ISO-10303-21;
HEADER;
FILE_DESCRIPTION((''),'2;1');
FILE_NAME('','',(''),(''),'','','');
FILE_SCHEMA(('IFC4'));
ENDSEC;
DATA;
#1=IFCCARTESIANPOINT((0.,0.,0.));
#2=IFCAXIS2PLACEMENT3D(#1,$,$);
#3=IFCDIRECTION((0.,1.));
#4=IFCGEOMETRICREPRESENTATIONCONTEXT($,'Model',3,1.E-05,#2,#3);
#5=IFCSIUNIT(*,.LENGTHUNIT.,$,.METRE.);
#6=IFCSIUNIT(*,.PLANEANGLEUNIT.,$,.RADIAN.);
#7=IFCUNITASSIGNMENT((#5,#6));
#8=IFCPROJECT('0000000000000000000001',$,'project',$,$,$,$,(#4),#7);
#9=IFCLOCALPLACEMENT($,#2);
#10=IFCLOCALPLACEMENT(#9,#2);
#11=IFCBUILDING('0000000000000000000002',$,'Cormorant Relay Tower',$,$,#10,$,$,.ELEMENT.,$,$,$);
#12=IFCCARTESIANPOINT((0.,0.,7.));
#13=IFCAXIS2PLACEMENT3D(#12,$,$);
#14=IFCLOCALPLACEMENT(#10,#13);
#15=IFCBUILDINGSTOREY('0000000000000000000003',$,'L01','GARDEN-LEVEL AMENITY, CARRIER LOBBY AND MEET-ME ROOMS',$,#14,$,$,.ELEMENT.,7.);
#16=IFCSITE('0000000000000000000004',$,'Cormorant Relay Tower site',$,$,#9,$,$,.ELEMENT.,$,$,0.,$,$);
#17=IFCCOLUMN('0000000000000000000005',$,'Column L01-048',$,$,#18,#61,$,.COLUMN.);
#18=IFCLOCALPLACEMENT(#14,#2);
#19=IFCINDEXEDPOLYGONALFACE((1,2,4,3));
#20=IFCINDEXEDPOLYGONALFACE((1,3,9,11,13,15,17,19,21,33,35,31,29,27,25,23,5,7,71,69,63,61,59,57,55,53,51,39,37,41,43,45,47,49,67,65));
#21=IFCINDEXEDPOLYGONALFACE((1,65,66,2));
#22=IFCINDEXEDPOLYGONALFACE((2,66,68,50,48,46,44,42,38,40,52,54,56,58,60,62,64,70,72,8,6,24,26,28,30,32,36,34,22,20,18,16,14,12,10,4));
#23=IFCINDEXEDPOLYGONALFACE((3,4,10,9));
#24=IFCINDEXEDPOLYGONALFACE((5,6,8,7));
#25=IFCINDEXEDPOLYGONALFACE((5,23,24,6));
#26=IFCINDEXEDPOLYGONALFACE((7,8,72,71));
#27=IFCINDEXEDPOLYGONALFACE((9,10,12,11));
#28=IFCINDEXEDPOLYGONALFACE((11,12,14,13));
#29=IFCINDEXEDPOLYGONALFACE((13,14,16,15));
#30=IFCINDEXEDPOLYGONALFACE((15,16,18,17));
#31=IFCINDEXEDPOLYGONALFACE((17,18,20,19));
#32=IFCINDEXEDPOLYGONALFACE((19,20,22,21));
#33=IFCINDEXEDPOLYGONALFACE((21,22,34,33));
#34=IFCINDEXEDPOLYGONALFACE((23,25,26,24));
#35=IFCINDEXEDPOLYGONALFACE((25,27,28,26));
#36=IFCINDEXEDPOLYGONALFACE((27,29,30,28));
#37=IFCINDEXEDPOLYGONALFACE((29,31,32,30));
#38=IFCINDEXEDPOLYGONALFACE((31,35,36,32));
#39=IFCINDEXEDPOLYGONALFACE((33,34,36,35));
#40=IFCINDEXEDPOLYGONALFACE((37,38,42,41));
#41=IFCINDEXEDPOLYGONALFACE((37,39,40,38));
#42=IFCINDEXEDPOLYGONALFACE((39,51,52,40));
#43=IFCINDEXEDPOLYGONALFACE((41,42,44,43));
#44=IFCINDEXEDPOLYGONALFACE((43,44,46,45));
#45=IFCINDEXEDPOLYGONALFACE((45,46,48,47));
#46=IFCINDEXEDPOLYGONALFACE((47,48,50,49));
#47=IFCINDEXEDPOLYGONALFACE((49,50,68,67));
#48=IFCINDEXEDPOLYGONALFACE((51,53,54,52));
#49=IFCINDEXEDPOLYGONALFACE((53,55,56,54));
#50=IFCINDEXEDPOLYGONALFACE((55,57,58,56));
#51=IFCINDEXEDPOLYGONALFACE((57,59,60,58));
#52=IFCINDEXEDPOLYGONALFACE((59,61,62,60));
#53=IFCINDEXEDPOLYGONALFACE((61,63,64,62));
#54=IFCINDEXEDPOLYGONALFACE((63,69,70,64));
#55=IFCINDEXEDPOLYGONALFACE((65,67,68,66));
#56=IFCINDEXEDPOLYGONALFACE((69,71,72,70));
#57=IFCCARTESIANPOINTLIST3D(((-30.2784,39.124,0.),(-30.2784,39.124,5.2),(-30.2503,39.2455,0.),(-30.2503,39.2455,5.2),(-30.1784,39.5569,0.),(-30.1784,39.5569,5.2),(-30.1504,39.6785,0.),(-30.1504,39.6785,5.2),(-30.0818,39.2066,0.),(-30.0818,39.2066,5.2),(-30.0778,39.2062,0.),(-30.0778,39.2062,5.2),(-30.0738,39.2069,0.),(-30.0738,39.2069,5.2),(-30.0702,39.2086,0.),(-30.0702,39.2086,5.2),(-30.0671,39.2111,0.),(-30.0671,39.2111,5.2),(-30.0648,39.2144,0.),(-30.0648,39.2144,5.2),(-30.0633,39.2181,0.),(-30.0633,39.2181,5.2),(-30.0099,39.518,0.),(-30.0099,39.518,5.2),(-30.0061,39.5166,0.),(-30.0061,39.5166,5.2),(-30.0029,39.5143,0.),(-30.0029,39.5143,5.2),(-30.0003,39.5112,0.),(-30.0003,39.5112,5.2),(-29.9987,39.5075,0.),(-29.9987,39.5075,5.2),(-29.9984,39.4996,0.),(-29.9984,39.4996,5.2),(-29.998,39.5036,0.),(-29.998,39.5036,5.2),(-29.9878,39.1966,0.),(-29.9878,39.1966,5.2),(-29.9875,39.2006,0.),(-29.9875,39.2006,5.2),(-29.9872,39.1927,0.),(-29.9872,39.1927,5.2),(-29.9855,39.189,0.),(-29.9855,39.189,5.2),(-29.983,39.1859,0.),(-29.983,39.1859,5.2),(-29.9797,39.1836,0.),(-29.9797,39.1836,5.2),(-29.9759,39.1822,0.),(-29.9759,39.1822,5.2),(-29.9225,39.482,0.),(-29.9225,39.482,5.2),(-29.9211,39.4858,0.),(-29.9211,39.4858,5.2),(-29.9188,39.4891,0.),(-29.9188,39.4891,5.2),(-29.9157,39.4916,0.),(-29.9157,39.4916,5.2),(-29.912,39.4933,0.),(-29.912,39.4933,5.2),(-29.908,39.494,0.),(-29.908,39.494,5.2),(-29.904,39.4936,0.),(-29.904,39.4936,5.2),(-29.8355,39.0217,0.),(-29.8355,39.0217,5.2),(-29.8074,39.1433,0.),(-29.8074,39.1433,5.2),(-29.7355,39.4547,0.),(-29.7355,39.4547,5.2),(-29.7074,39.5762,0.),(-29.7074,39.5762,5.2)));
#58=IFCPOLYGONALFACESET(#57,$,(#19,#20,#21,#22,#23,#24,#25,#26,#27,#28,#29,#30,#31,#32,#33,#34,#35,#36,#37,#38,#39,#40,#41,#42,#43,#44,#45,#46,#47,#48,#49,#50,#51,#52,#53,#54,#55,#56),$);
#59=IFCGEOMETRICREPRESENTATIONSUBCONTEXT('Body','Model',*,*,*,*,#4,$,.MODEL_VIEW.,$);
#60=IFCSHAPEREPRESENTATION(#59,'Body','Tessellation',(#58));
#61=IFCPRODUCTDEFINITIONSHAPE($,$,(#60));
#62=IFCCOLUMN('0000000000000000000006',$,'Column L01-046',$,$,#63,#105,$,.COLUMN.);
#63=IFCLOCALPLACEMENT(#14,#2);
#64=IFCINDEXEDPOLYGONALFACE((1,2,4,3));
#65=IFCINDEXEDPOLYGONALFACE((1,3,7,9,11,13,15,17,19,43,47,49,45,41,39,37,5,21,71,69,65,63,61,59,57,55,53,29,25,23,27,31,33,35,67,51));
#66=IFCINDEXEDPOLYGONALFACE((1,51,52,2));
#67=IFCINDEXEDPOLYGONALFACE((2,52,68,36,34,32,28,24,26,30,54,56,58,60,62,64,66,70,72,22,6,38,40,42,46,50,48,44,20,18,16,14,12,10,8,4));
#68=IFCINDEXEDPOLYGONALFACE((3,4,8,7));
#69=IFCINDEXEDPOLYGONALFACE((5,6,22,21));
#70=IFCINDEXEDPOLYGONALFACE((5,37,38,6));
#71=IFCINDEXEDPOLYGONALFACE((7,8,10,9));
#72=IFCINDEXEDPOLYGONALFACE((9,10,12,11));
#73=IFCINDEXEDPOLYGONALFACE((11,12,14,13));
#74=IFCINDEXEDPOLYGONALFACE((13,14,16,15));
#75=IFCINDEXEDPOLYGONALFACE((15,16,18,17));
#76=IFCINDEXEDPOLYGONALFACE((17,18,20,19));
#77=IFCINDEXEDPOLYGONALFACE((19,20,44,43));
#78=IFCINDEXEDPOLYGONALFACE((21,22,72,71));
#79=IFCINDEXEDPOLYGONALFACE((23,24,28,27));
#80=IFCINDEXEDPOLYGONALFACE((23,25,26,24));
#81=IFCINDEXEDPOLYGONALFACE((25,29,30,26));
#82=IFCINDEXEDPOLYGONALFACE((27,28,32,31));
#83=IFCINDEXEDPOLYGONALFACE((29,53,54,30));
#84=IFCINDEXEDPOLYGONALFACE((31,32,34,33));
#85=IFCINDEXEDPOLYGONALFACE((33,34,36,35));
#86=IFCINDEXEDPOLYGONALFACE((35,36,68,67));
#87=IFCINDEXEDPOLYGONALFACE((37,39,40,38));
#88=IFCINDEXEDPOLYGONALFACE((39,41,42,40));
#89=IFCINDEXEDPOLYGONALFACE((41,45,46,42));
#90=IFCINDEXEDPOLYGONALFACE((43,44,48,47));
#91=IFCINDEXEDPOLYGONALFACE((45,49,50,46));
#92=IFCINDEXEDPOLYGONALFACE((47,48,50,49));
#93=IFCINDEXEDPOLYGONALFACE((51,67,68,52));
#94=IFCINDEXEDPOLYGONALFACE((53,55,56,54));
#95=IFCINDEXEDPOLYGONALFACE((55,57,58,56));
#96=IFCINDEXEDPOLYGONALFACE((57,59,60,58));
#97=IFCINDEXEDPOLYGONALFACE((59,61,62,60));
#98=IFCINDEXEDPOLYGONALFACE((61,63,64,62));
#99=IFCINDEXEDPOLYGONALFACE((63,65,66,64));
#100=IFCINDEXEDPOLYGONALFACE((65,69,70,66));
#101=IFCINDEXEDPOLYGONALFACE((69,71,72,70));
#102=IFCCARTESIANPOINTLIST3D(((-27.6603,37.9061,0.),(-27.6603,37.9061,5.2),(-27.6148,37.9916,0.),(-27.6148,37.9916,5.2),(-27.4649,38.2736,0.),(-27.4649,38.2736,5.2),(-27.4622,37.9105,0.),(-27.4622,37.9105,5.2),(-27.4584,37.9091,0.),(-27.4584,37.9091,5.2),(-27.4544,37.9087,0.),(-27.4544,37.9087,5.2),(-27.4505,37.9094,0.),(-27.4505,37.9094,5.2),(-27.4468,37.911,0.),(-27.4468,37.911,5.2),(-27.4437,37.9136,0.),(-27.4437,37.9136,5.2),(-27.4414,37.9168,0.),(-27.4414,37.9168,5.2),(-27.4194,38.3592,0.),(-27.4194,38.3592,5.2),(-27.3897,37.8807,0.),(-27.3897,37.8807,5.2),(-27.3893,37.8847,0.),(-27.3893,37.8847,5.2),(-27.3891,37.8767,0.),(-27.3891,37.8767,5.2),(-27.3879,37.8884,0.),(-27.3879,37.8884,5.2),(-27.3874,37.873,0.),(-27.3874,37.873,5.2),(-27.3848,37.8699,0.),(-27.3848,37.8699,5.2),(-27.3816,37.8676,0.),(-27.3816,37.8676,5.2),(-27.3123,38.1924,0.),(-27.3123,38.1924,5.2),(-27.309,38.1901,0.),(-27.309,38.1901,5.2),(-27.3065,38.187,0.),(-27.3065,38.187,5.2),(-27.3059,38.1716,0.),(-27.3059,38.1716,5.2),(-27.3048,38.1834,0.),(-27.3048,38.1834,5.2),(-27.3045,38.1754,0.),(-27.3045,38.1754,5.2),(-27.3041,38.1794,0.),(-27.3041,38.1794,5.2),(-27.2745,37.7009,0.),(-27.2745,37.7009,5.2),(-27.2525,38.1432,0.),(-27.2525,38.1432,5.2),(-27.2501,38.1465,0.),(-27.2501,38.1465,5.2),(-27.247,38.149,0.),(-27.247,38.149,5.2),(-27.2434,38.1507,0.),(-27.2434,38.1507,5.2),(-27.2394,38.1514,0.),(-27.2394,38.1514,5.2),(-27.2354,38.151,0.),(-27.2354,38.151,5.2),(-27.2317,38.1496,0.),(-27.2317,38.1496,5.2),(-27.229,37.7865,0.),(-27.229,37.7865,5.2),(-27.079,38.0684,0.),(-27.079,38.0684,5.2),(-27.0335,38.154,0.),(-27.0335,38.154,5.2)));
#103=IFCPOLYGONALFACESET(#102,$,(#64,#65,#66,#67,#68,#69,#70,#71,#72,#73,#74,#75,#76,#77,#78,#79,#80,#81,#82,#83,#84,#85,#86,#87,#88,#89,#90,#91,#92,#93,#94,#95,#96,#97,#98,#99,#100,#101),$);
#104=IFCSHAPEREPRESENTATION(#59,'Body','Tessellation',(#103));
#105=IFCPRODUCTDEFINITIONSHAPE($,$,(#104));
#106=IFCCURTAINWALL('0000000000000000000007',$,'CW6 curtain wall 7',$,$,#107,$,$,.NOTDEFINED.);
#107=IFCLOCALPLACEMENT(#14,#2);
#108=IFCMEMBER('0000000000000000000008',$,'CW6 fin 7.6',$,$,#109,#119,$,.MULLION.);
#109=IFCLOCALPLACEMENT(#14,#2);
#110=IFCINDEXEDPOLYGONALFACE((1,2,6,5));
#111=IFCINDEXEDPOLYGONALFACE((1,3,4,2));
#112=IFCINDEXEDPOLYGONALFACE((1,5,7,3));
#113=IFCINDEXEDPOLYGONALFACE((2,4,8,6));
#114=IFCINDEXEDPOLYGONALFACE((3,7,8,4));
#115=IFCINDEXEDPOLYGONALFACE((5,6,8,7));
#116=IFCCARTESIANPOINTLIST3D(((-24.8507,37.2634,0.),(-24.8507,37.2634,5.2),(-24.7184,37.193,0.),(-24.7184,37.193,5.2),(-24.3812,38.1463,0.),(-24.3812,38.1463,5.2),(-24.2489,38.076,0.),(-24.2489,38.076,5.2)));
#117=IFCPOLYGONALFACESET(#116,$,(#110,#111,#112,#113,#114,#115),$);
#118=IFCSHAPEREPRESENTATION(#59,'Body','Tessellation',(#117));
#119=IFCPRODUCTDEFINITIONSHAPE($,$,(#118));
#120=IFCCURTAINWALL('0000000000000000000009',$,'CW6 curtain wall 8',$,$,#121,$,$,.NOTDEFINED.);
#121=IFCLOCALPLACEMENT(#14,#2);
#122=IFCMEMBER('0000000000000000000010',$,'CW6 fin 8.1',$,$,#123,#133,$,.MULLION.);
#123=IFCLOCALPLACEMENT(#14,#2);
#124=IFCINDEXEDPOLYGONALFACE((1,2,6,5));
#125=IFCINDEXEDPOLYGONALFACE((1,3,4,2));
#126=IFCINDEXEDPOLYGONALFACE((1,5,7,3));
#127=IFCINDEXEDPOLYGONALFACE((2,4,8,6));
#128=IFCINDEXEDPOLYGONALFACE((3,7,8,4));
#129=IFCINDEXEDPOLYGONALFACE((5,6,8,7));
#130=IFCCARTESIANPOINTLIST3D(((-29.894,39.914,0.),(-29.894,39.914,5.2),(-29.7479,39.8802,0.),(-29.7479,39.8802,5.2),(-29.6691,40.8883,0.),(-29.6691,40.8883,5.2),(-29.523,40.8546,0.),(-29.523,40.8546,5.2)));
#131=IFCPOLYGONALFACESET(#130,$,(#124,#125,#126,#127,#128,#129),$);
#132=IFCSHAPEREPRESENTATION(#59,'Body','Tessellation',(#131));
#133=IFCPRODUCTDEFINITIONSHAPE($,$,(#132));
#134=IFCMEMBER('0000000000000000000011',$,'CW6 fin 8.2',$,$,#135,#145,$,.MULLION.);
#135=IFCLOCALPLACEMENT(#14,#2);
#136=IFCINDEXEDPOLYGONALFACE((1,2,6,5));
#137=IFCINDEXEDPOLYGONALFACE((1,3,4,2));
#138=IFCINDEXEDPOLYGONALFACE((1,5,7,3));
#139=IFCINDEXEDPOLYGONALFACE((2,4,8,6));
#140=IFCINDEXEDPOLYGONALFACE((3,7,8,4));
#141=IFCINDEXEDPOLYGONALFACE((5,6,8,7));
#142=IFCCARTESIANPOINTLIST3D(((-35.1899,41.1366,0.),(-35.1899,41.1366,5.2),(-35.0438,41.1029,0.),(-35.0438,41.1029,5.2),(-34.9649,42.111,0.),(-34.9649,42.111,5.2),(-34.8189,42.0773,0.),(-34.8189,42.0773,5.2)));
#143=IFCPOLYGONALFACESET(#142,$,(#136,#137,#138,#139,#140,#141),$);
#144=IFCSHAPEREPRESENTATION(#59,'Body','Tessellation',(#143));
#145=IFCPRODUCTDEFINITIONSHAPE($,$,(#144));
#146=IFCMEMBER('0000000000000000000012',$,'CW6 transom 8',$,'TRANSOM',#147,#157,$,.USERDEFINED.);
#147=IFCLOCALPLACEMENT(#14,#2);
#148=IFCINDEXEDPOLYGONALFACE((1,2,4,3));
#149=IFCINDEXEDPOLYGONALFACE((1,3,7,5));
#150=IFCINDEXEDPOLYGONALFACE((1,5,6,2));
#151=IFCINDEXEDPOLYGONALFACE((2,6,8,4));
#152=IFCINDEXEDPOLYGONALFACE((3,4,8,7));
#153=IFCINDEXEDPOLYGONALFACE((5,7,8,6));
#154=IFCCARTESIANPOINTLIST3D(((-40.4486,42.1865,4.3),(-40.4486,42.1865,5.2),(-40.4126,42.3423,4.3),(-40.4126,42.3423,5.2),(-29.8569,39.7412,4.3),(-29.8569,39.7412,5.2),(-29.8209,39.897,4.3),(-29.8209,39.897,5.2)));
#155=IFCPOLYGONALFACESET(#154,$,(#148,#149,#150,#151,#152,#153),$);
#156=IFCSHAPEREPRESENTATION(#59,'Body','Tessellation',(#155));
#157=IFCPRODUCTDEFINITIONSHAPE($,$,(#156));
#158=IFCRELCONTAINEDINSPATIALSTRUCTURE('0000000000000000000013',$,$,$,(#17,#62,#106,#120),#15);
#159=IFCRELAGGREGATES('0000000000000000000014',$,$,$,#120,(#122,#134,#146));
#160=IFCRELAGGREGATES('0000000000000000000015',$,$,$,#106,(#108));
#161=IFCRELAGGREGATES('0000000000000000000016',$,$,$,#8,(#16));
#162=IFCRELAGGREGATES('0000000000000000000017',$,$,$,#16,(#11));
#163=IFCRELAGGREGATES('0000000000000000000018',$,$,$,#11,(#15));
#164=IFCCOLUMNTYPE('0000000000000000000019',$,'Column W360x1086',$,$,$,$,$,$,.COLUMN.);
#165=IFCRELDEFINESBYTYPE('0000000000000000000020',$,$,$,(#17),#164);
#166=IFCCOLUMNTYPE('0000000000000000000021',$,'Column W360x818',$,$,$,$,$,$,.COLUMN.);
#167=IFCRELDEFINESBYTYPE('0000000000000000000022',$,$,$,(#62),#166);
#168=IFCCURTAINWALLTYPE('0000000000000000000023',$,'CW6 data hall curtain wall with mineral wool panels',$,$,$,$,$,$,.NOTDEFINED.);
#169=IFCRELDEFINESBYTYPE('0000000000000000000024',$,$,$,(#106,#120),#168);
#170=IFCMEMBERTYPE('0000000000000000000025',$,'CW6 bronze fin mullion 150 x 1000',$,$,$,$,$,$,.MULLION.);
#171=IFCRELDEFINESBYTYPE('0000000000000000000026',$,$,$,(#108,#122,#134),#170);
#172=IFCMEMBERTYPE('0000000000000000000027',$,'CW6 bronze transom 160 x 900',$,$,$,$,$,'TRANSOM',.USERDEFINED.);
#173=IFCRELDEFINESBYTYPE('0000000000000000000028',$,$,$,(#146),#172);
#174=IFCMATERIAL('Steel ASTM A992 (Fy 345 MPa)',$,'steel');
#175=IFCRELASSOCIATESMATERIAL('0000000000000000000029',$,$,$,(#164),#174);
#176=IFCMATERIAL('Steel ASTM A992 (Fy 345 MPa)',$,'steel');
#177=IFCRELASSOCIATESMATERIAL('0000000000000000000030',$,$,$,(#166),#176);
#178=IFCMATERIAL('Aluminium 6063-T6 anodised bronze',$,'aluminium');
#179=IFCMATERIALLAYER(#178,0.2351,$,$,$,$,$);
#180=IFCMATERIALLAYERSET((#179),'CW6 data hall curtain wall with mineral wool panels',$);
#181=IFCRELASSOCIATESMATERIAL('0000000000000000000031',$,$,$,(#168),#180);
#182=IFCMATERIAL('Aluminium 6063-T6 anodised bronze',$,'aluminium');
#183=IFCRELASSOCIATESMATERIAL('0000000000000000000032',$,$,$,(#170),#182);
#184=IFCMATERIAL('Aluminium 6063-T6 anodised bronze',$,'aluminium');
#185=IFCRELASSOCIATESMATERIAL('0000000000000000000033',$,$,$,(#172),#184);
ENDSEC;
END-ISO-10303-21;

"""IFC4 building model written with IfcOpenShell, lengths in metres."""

from ifc_helpers import new_model, si_unit, direction, frame, origin, origin_2d, place, context, subcontext, project, spatial, rectangle, i_section, extrude, material, layer, layer_set, material_profile, profile_set, type_object, element, aggregate, save


model = new_model("IFC4")

# Units and contexts
model_context = context("Model", 3, precision=1e-05, world=origin(), true_north=direction((0.0, 1.0)))
body_context = subcontext(model_context, "Body", "Model", "MODEL_VIEW")
ifc_project = project(units=[si_unit("LENGTHUNIT", "METRE"), si_unit("PLANEANGLEUNIT", "RADIAN")], contexts=[model_context])

# Site, building, storey
site_placement = place(None, origin())
site = spatial("IfcSite", under=ifc_project, at=site_placement, Name="Cormorant Relay Tower site", CompositionType="ELEMENT", RefElevation=0.0)
building_placement = place(site_placement, origin())
building = spatial("IfcBuilding", under=site, at=building_placement, Name="Cormorant Relay Tower", CompositionType="ELEMENT")
storey_placement = place(building_placement, frame((0.0, 0.0, 7.0)))
storey = spatial("IfcBuildingStorey", under=building, at=storey_placement, Name="L01", Description="GARDEN-LEVEL AMENITY, CARRIER LOBBY AND MEET-ME ROOMS", CompositionType="ELEMENT", Elevation=7.0)

# Columns
ifc_material_1 = material(Name="Steel ASTM A992 (Fy 345 MPa)", Category="steel")
ifc_material_profile_1 = material_profile(ifc_material_1, i_section(OverallWidth=0.4546, OverallDepth=0.5691, WebThickness=0.0779, FlangeThickness=0.1248, FilletRadius=0.0154, at=origin_2d()), Name="W360x1086")
ifc_profile_set_1 = profile_set([ifc_material_profile_1], Name="Steel ASTM A992 (Fy 345 MPa)")
column_type_1 = type_object("IfcColumnType", Name="Column W360x1086", PredefinedType="COLUMN", material=ifc_profile_set_1)
column_1_placement = place(storey_placement, frame((-29.9929, 39.3501, 0.0), z_axis=(0.0, 0.0, 1.0), x_axis=(-0.97437, 0.224951, 0.0)))
element("IfcColumn", 1, at=column_1_placement, inside=storey, type_object=column_type_1, Name="Column L01-048", PredefinedType="COLUMN", context=body_context, shape_type="SweptSolid", body=[
    extrude(i_section(OverallWidth=0.4546, OverallDepth=0.5691, WebThickness=0.0779, FlangeThickness=0.1248, FilletRadius=0.0154, at=origin_2d()), origin(), (0.0, 0.0, 1.0), 5.2),
])
ifc_material_2 = material(Name="Steel ASTM A992 (Fy 345 MPa)", Category="steel")
ifc_material_profile_2 = material_profile(ifc_material_2, i_section(OverallWidth=0.437, OverallDepth=0.5132, WebThickness=0.0605, FlangeThickness=0.0969, FilletRadius=0.0154, at=origin_2d()), Name="W360x818")
ifc_profile_set_2 = profile_set([ifc_material_profile_2], Name="Steel ASTM A992 (Fy 345 MPa)")
column_type_2 = type_object("IfcColumnType", Name="Column W360x818", PredefinedType="COLUMN", material=ifc_profile_set_2)
column_2_placement = place(storey_placement, frame((-27.3469, 38.03, 0.0), z_axis=(0.0, 0.0, 1.0), x_axis=(-0.882948, 0.469472, 0.0)))
element("IfcColumn", 2, at=column_2_placement, inside=storey, type_object=column_type_2, Name="Column L01-046", PredefinedType="COLUMN", context=body_context, shape_type="SweptSolid", body=[
    extrude(i_section(OverallWidth=0.437, OverallDepth=0.5132, WebThickness=0.0605, FlangeThickness=0.0969, FilletRadius=0.0154, at=origin_2d()), origin(), (0.0, 0.0, 1.0), 5.2),
])

# Curtain wall, member
ifc_material_3 = material(Name="Aluminium 6063-T6 anodised bronze", Category="aluminium")
ifc_layer_1 = layer(ifc_material_3, 0.2351)
ifc_layer_set_1 = layer_set([ifc_layer_1], Name="CW6 data hall curtain wall with mineral wool panels")
curtain_wall_type = type_object("IfcCurtainWallType", Name="CW6 data hall curtain wall with mineral wool panels", PredefinedType="NOTDEFINED", material=ifc_layer_set_1)
curtain_wall_1_placement = place(storey_placement, origin())
curtain_wall_1 = element("IfcCurtainWall", 3, at=curtain_wall_1_placement, inside=storey, type_object=curtain_wall_type, Name="CW6 curtain wall 7", PredefinedType="NOTDEFINED")
ifc_material_4 = material(Name="Aluminium 6063-T6 anodised bronze", Category="aluminium")
ifc_material_profile_3 = material_profile(ifc_material_4, rectangle(XDim=0.1499, YDim=1.0, at=origin_2d()), Name="AL 150x1000")
ifc_profile_set_3 = profile_set([ifc_material_profile_3], Name="Aluminium 6063-T6 anodised bronze")
member_type_1 = type_object("IfcMemberType", Name="CW6 bronze fin mullion 150 x 1000", PredefinedType="MULLION", material=ifc_profile_set_3)
member_1_placement = place(storey_placement, frame((-24.5498, 37.6697, 0.0), z_axis=(0.0, 0.0, 1.0), x_axis=(-0.882948, 0.469472, 0.0)))
member_1 = element("IfcMember", 4, at=member_1_placement, type_object=member_type_1, Name="CW6 fin 7.6", PredefinedType="MULLION", context=body_context, shape_type="SweptSolid", body=[
    extrude(rectangle(XDim=0.1499, YDim=1.0, at=origin_2d()), origin(), (0.0, 0.0, 1.0), 5.2),
])

# Curtain wall, members
curtain_wall_2_placement = place(storey_placement, origin())
curtain_wall_2 = element("IfcCurtainWall", 5, at=curtain_wall_2_placement, inside=storey, type_object=curtain_wall_type, Name="CW6 curtain wall 8", PredefinedType="NOTDEFINED")
member_2_placement = place(storey_placement, frame((-29.7085, 40.3843, 0.0), z_axis=(0.0, 0.0, 1.0), x_axis=(-0.97437, 0.224951, 0.0)))
member_2 = element("IfcMember", 6, at=member_2_placement, type_object=member_type_1, Name="CW6 fin 8.1", PredefinedType="MULLION", context=body_context, shape_type="SweptSolid", body=[
    extrude(rectangle(XDim=0.1499, YDim=1.0, at=origin_2d()), origin(), (0.0, 0.0, 1.0), 5.2),
])
member_3_placement = place(storey_placement, frame((-35.0044, 41.6069, 0.0), z_axis=(0.0, 0.0, 1.0), x_axis=(-0.97437, 0.224951, 0.0)))
member_3 = element("IfcMember", 7, at=member_3_placement, type_object=member_type_1, Name="CW6 fin 8.2", PredefinedType="MULLION", context=body_context, shape_type="SweptSolid", body=[
    extrude(rectangle(XDim=0.1499, YDim=1.0, at=origin_2d()), origin(), (0.0, 0.0, 1.0), 5.2),
])
ifc_material_5 = material(Name="Aluminium 6063-T6 anodised bronze", Category="aluminium")
ifc_material_profile_4 = material_profile(ifc_material_5, rectangle(XDim=0.1599, YDim=0.8999, at=origin_2d()), Name="AL 160x900")
ifc_profile_set_4 = profile_set([ifc_material_profile_4], Name="Aluminium 6063-T6 anodised bronze")
member_type_2 = type_object("IfcMemberType", Name="CW6 bronze transom 160 x 900", ElementType="TRANSOM", PredefinedType="USERDEFINED", material=ifc_profile_set_4)
member_4_placement = place(storey_placement, frame((-29.8389, 39.8191, 4.75), z_axis=(-0.97437, 0.224951, 0.0), x_axis=(-0.224951, -0.97437, 0.0)))
member_4 = element("IfcMember", 8, at=member_4_placement, type_object=member_type_2, Name="CW6 transom 8", ObjectType="TRANSOM", PredefinedType="USERDEFINED", context=body_context, shape_type="SweptSolid", body=[
    extrude(rectangle(XDim=0.1599, YDim=0.8999, at=origin_2d()), origin(), (0.0, 0.0, 1.0), 10.8704),
])
aggregate(curtain_wall_2, [member_2, member_3, member_4])

aggregate(curtain_wall_1, [member_1])

save(model, "model.ifc")
